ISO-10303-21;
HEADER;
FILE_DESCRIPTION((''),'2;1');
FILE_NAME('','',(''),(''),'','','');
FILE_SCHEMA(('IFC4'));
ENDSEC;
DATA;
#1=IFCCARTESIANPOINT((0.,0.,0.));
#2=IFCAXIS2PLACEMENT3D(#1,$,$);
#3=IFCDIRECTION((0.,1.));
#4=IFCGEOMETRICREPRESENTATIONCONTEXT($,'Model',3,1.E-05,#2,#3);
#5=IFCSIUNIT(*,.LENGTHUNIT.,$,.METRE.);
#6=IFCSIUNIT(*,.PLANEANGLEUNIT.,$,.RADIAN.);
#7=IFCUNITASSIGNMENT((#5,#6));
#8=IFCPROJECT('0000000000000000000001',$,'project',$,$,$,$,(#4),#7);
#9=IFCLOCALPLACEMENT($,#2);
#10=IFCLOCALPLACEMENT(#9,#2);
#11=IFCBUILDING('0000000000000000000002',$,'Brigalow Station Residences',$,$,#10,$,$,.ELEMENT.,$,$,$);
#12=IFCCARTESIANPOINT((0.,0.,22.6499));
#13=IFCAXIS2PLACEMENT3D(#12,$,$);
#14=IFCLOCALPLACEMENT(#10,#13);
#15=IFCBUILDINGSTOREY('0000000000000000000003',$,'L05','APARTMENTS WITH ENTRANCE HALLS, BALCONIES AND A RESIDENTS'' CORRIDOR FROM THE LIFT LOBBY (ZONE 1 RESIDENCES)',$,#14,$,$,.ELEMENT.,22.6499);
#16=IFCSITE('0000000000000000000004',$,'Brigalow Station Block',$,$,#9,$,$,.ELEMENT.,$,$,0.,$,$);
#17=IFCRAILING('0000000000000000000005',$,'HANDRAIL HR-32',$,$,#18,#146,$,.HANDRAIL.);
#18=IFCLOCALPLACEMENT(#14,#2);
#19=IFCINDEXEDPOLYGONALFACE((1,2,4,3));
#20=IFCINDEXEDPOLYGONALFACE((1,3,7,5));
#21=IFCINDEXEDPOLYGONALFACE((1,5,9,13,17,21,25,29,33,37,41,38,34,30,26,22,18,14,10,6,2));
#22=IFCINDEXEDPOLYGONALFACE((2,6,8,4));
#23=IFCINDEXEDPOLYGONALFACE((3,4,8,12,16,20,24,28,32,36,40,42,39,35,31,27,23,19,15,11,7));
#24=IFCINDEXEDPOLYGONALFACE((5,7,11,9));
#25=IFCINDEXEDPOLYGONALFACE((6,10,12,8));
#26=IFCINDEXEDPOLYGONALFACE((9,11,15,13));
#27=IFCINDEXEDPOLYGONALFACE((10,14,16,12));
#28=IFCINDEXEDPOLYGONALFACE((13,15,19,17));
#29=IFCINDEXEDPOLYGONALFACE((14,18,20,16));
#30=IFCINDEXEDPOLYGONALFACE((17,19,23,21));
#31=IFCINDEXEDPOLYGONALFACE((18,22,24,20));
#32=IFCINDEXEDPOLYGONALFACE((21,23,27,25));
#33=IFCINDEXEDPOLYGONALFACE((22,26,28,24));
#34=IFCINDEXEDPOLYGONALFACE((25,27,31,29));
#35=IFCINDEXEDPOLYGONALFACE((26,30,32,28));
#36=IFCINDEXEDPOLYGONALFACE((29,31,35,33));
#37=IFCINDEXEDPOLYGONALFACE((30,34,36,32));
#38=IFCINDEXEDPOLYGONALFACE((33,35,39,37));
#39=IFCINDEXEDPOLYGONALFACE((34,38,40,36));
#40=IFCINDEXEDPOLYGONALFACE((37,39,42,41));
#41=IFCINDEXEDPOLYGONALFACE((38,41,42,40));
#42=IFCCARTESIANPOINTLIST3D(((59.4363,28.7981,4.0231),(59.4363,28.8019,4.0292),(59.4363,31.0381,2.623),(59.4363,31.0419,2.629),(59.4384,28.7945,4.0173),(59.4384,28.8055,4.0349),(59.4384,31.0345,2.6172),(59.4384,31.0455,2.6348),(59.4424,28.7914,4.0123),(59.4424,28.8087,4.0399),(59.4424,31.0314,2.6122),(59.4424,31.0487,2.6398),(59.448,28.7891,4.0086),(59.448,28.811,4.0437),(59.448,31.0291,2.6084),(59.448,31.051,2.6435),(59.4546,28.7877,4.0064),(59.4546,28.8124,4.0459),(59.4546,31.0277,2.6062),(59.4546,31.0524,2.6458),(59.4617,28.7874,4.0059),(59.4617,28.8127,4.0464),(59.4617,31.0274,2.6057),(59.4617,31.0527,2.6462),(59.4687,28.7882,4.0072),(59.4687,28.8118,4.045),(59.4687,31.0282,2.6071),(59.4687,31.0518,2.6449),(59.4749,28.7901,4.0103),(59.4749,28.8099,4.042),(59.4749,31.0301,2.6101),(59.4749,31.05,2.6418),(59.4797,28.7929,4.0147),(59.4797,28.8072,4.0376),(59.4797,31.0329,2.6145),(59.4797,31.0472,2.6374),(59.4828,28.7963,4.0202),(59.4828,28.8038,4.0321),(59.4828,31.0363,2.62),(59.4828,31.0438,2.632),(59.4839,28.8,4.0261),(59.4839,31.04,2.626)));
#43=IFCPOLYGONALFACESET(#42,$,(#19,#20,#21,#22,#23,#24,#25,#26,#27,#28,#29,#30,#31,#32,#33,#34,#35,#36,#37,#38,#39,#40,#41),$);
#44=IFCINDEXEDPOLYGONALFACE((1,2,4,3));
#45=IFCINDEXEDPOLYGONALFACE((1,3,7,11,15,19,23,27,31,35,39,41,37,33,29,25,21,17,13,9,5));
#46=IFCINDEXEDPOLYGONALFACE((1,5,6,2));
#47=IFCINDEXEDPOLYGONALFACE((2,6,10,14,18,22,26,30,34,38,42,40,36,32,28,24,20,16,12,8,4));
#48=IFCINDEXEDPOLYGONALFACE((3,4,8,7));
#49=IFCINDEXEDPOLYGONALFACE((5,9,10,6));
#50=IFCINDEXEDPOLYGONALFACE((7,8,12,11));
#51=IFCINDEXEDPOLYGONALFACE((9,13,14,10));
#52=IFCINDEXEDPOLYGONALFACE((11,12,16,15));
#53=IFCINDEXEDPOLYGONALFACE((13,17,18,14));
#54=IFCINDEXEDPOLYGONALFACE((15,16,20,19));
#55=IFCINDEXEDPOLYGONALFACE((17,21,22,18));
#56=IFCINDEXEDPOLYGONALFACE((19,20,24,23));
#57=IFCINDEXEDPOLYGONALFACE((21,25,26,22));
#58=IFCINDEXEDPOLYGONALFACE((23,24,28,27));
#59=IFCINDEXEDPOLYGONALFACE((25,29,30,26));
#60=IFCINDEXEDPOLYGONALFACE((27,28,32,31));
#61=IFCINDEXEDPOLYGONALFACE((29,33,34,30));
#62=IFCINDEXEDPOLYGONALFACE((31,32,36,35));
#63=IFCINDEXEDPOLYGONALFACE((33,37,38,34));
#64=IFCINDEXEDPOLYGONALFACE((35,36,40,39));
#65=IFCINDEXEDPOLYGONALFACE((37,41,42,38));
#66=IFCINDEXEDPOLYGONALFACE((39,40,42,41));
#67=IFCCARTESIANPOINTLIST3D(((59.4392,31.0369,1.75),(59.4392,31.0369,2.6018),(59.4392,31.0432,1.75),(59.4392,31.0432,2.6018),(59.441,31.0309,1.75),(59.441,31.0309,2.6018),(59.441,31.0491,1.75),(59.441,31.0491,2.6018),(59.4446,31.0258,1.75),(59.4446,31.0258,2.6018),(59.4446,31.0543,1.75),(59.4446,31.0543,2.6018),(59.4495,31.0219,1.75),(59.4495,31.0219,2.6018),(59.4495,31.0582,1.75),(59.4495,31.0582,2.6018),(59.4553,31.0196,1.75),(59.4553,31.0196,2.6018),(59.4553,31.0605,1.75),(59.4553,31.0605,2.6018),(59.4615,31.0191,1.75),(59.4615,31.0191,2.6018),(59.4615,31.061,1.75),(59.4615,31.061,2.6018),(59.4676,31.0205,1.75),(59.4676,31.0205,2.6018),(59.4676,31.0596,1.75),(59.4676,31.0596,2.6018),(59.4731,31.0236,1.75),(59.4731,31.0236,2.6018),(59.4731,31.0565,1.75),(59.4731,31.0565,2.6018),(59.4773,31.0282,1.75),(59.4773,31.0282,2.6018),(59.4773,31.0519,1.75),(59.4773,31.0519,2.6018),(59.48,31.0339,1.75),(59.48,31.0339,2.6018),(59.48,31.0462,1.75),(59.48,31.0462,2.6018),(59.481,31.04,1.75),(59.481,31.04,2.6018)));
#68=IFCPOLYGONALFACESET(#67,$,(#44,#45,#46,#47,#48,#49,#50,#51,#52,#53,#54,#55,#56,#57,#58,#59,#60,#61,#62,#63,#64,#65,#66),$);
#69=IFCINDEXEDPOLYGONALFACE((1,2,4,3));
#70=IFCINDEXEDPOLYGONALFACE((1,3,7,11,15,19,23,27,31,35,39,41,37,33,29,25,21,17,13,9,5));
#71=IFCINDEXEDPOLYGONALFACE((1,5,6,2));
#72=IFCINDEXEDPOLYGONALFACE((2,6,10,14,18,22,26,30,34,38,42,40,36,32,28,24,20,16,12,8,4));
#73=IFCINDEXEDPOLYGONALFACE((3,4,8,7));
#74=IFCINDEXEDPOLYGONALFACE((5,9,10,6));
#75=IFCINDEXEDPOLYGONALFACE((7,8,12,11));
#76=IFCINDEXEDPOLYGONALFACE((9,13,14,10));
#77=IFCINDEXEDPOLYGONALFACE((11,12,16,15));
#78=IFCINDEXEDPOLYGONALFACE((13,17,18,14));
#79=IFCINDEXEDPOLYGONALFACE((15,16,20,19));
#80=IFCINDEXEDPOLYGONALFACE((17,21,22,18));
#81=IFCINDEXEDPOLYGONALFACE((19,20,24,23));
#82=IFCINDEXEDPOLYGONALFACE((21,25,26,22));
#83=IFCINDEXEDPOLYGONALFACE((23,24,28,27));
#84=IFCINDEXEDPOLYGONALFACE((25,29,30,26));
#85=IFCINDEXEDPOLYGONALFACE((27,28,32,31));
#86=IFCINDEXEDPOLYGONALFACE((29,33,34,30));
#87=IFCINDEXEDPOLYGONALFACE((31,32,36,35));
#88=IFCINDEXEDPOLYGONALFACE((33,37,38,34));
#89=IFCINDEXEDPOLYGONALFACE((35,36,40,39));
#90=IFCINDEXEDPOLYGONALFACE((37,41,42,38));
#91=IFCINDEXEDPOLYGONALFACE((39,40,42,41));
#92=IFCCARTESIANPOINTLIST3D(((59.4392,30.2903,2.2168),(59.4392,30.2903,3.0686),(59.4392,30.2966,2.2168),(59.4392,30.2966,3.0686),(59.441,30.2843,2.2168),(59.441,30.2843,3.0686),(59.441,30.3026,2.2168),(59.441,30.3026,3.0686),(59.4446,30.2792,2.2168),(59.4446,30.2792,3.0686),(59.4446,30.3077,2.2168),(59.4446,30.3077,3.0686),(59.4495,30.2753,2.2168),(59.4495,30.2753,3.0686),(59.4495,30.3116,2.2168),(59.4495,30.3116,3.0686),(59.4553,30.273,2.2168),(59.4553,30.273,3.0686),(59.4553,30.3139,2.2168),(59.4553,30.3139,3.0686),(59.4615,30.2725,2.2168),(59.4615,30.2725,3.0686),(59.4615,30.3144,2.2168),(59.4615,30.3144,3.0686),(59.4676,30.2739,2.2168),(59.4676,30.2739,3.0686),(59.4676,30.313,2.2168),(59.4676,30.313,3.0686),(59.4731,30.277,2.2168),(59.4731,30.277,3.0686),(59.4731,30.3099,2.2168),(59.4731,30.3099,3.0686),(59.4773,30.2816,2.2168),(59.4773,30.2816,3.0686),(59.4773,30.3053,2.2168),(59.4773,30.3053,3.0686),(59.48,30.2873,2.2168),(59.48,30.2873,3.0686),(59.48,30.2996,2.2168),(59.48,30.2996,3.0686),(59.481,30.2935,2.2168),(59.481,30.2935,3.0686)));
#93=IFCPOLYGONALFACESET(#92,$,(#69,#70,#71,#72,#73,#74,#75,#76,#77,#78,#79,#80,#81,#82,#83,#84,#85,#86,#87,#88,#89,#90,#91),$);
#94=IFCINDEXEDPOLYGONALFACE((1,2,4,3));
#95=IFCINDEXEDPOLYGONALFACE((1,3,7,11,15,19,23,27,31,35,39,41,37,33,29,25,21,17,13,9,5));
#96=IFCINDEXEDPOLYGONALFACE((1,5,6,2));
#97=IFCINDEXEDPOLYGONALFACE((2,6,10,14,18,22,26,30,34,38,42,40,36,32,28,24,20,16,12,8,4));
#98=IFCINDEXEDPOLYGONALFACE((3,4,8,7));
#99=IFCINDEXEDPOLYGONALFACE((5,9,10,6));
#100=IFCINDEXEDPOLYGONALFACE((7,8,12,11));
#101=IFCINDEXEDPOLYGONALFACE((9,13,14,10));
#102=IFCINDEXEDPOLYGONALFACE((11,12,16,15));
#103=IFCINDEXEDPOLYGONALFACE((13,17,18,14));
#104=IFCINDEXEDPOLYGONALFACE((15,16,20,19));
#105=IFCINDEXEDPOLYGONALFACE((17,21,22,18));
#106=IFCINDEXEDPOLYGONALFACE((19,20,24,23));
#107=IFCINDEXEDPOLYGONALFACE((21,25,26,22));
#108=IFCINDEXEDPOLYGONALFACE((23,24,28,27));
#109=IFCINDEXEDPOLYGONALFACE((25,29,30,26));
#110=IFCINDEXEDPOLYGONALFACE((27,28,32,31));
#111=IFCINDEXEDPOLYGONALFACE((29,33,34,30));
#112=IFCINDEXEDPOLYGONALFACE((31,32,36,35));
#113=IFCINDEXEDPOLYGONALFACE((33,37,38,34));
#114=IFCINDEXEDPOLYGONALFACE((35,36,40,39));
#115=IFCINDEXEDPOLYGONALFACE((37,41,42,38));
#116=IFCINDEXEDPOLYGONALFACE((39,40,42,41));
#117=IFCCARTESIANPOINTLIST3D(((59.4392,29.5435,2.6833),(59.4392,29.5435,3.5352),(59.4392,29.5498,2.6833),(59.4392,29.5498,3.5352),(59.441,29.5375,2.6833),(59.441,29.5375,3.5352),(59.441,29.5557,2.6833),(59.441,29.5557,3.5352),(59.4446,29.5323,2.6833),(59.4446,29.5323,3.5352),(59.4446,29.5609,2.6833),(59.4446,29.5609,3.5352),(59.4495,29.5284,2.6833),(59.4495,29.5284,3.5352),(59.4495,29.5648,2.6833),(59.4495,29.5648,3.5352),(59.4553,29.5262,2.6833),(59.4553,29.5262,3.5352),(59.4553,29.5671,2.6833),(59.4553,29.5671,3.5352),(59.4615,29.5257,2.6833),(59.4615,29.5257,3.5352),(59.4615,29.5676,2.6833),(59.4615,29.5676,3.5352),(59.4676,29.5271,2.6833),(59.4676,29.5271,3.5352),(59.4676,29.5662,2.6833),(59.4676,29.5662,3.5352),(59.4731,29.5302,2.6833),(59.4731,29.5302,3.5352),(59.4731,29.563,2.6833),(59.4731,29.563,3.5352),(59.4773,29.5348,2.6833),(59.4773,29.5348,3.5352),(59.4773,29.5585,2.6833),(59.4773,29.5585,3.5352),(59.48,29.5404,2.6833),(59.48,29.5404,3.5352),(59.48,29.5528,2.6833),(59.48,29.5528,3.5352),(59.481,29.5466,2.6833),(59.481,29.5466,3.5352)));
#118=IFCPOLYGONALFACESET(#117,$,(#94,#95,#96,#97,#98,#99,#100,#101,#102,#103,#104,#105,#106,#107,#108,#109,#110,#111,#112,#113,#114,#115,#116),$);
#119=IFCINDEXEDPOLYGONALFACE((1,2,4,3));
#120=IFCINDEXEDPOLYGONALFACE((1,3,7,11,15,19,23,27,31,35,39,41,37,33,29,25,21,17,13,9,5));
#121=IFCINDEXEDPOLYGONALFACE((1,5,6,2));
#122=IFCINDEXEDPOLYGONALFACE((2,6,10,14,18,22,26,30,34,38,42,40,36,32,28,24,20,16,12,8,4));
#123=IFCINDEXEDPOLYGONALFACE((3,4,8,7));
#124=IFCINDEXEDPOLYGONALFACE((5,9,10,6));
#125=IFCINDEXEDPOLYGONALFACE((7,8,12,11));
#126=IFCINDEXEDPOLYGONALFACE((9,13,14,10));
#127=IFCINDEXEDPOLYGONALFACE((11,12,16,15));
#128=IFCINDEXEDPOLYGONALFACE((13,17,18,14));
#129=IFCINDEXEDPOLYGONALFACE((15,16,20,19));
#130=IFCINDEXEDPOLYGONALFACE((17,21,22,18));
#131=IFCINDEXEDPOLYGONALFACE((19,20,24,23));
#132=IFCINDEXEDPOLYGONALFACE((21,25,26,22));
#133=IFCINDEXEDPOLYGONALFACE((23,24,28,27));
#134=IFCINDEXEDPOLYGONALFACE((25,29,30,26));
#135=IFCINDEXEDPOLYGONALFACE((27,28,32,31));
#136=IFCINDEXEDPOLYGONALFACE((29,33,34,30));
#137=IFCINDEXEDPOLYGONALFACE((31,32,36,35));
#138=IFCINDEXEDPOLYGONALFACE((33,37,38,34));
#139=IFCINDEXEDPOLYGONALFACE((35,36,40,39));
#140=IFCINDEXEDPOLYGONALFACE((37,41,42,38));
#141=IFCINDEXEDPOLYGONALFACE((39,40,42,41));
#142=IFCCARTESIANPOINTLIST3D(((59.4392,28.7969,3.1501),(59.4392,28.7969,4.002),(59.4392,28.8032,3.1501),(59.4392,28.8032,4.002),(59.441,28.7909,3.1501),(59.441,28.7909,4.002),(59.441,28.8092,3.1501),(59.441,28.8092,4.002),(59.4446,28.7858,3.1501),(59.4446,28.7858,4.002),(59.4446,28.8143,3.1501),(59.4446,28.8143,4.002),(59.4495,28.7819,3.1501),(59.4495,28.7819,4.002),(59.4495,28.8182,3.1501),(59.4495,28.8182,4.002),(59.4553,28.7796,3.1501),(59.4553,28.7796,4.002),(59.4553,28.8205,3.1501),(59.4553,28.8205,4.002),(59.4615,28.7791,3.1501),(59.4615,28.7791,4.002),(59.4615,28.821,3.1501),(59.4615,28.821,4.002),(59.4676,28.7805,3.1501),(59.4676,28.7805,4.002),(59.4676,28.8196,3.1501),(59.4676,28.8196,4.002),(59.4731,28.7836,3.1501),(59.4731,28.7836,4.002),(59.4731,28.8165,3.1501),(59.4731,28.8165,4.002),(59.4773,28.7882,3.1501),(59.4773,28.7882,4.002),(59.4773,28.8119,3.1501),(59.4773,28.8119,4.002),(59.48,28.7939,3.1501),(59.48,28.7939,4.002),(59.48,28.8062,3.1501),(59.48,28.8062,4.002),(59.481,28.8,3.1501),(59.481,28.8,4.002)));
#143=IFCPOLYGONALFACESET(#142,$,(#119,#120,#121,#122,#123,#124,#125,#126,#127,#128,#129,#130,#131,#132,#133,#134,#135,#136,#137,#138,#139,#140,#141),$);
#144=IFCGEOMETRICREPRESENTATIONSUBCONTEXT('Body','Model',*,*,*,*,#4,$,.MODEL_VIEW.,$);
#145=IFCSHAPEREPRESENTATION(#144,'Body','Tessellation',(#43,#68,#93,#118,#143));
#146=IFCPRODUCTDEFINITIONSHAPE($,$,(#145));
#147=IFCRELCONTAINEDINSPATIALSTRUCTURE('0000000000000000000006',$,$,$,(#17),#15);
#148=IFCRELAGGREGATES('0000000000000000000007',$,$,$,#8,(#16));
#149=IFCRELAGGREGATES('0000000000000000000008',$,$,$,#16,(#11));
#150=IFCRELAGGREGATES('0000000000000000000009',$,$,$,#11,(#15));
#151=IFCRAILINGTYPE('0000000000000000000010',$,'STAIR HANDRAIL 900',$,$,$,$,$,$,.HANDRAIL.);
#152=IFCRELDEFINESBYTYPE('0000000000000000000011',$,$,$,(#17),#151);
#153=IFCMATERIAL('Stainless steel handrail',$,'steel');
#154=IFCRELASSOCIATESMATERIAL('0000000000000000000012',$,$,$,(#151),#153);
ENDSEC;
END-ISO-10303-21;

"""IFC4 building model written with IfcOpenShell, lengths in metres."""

from ifc_helpers import new_model, si_unit, direction, frame, origin, origin_2d, place, context, subcontext, project, spatial, circle, extrude, material, type_object, element, save


model = new_model("IFC4")

# Units and contexts
model_context = context("Model", 3, precision=1e-05, world=origin(), true_north=direction((0.0, 1.0)))
body_context = subcontext(model_context, "Body", "Model", "MODEL_VIEW")
ifc_project = project(units=[si_unit("LENGTHUNIT", "METRE"), si_unit("PLANEANGLEUNIT", "RADIAN")], contexts=[model_context])

# Site, building, storey
site_placement = place(None, origin())
site = spatial("IfcSite", under=ifc_project, at=site_placement, Name="Brigalow Station Block", CompositionType="ELEMENT", RefElevation=0.0)
building_placement = place(site_placement, origin())
building = spatial("IfcBuilding", under=site, at=building_placement, Name="Brigalow Station Residences", CompositionType="ELEMENT")
storey_placement = place(building_placement, frame((0.0, 0.0, 22.6499)))
storey = spatial("IfcBuildingStorey", under=building, at=storey_placement, Name="L05", Description="APARTMENTS WITH ENTRANCE HALLS, BALCONIES AND A RESIDENTS' CORRIDOR FROM THE LIFT LOBBY (ZONE 1 RESIDENCES)", CompositionType="ELEMENT", Elevation=22.6499)

# Railing
ifc_material_1 = material(Name="Stainless steel handrail", Category="steel")
railing_type_1 = type_object("IfcRailingType", Name="STAIR HANDRAIL 900", PredefinedType="HANDRAIL", material=ifc_material_1)
railing_1_placement = place(storey_placement, frame((59.46, 31.04, 1.75)))
element("IfcRailing", 1, at=railing_1_placement, inside=storey, type_object=railing_type_1, Name="HANDRAIL HR-32", PredefinedType="HANDRAIL", context=body_context, shape_type="SweptSolid", body=[
    extrude(circle(Radius=0.0239, at=origin_2d()), frame((0.0, 0.0, 0.876), z_axis=(0.0, -0.847972, 0.53004), x_axis=(1.0, 0.0, 0.0)), (0.0, 0.0, 1.0), 2.6416),
    extrude(circle(Radius=0.021, at=origin_2d()), origin(), (0.0, 0.0, 1.0), 0.8518),
    extrude(circle(Radius=0.021, at=origin_2d()), frame((0.0, -0.7466, 0.4668)), (0.0, 0.0, 1.0), 0.8518),
    extrude(circle(Radius=0.021, at=origin_2d()), frame((0.0, -1.4934, 0.9333)), (0.0, 0.0, 1.0), 0.8518),
    extrude(circle(Radius=0.021, at=origin_2d()), frame((0.0, -2.24, 1.4001)), (0.0, 0.0, 1.0), 0.8518),
])

save(model, "model.ifc")
